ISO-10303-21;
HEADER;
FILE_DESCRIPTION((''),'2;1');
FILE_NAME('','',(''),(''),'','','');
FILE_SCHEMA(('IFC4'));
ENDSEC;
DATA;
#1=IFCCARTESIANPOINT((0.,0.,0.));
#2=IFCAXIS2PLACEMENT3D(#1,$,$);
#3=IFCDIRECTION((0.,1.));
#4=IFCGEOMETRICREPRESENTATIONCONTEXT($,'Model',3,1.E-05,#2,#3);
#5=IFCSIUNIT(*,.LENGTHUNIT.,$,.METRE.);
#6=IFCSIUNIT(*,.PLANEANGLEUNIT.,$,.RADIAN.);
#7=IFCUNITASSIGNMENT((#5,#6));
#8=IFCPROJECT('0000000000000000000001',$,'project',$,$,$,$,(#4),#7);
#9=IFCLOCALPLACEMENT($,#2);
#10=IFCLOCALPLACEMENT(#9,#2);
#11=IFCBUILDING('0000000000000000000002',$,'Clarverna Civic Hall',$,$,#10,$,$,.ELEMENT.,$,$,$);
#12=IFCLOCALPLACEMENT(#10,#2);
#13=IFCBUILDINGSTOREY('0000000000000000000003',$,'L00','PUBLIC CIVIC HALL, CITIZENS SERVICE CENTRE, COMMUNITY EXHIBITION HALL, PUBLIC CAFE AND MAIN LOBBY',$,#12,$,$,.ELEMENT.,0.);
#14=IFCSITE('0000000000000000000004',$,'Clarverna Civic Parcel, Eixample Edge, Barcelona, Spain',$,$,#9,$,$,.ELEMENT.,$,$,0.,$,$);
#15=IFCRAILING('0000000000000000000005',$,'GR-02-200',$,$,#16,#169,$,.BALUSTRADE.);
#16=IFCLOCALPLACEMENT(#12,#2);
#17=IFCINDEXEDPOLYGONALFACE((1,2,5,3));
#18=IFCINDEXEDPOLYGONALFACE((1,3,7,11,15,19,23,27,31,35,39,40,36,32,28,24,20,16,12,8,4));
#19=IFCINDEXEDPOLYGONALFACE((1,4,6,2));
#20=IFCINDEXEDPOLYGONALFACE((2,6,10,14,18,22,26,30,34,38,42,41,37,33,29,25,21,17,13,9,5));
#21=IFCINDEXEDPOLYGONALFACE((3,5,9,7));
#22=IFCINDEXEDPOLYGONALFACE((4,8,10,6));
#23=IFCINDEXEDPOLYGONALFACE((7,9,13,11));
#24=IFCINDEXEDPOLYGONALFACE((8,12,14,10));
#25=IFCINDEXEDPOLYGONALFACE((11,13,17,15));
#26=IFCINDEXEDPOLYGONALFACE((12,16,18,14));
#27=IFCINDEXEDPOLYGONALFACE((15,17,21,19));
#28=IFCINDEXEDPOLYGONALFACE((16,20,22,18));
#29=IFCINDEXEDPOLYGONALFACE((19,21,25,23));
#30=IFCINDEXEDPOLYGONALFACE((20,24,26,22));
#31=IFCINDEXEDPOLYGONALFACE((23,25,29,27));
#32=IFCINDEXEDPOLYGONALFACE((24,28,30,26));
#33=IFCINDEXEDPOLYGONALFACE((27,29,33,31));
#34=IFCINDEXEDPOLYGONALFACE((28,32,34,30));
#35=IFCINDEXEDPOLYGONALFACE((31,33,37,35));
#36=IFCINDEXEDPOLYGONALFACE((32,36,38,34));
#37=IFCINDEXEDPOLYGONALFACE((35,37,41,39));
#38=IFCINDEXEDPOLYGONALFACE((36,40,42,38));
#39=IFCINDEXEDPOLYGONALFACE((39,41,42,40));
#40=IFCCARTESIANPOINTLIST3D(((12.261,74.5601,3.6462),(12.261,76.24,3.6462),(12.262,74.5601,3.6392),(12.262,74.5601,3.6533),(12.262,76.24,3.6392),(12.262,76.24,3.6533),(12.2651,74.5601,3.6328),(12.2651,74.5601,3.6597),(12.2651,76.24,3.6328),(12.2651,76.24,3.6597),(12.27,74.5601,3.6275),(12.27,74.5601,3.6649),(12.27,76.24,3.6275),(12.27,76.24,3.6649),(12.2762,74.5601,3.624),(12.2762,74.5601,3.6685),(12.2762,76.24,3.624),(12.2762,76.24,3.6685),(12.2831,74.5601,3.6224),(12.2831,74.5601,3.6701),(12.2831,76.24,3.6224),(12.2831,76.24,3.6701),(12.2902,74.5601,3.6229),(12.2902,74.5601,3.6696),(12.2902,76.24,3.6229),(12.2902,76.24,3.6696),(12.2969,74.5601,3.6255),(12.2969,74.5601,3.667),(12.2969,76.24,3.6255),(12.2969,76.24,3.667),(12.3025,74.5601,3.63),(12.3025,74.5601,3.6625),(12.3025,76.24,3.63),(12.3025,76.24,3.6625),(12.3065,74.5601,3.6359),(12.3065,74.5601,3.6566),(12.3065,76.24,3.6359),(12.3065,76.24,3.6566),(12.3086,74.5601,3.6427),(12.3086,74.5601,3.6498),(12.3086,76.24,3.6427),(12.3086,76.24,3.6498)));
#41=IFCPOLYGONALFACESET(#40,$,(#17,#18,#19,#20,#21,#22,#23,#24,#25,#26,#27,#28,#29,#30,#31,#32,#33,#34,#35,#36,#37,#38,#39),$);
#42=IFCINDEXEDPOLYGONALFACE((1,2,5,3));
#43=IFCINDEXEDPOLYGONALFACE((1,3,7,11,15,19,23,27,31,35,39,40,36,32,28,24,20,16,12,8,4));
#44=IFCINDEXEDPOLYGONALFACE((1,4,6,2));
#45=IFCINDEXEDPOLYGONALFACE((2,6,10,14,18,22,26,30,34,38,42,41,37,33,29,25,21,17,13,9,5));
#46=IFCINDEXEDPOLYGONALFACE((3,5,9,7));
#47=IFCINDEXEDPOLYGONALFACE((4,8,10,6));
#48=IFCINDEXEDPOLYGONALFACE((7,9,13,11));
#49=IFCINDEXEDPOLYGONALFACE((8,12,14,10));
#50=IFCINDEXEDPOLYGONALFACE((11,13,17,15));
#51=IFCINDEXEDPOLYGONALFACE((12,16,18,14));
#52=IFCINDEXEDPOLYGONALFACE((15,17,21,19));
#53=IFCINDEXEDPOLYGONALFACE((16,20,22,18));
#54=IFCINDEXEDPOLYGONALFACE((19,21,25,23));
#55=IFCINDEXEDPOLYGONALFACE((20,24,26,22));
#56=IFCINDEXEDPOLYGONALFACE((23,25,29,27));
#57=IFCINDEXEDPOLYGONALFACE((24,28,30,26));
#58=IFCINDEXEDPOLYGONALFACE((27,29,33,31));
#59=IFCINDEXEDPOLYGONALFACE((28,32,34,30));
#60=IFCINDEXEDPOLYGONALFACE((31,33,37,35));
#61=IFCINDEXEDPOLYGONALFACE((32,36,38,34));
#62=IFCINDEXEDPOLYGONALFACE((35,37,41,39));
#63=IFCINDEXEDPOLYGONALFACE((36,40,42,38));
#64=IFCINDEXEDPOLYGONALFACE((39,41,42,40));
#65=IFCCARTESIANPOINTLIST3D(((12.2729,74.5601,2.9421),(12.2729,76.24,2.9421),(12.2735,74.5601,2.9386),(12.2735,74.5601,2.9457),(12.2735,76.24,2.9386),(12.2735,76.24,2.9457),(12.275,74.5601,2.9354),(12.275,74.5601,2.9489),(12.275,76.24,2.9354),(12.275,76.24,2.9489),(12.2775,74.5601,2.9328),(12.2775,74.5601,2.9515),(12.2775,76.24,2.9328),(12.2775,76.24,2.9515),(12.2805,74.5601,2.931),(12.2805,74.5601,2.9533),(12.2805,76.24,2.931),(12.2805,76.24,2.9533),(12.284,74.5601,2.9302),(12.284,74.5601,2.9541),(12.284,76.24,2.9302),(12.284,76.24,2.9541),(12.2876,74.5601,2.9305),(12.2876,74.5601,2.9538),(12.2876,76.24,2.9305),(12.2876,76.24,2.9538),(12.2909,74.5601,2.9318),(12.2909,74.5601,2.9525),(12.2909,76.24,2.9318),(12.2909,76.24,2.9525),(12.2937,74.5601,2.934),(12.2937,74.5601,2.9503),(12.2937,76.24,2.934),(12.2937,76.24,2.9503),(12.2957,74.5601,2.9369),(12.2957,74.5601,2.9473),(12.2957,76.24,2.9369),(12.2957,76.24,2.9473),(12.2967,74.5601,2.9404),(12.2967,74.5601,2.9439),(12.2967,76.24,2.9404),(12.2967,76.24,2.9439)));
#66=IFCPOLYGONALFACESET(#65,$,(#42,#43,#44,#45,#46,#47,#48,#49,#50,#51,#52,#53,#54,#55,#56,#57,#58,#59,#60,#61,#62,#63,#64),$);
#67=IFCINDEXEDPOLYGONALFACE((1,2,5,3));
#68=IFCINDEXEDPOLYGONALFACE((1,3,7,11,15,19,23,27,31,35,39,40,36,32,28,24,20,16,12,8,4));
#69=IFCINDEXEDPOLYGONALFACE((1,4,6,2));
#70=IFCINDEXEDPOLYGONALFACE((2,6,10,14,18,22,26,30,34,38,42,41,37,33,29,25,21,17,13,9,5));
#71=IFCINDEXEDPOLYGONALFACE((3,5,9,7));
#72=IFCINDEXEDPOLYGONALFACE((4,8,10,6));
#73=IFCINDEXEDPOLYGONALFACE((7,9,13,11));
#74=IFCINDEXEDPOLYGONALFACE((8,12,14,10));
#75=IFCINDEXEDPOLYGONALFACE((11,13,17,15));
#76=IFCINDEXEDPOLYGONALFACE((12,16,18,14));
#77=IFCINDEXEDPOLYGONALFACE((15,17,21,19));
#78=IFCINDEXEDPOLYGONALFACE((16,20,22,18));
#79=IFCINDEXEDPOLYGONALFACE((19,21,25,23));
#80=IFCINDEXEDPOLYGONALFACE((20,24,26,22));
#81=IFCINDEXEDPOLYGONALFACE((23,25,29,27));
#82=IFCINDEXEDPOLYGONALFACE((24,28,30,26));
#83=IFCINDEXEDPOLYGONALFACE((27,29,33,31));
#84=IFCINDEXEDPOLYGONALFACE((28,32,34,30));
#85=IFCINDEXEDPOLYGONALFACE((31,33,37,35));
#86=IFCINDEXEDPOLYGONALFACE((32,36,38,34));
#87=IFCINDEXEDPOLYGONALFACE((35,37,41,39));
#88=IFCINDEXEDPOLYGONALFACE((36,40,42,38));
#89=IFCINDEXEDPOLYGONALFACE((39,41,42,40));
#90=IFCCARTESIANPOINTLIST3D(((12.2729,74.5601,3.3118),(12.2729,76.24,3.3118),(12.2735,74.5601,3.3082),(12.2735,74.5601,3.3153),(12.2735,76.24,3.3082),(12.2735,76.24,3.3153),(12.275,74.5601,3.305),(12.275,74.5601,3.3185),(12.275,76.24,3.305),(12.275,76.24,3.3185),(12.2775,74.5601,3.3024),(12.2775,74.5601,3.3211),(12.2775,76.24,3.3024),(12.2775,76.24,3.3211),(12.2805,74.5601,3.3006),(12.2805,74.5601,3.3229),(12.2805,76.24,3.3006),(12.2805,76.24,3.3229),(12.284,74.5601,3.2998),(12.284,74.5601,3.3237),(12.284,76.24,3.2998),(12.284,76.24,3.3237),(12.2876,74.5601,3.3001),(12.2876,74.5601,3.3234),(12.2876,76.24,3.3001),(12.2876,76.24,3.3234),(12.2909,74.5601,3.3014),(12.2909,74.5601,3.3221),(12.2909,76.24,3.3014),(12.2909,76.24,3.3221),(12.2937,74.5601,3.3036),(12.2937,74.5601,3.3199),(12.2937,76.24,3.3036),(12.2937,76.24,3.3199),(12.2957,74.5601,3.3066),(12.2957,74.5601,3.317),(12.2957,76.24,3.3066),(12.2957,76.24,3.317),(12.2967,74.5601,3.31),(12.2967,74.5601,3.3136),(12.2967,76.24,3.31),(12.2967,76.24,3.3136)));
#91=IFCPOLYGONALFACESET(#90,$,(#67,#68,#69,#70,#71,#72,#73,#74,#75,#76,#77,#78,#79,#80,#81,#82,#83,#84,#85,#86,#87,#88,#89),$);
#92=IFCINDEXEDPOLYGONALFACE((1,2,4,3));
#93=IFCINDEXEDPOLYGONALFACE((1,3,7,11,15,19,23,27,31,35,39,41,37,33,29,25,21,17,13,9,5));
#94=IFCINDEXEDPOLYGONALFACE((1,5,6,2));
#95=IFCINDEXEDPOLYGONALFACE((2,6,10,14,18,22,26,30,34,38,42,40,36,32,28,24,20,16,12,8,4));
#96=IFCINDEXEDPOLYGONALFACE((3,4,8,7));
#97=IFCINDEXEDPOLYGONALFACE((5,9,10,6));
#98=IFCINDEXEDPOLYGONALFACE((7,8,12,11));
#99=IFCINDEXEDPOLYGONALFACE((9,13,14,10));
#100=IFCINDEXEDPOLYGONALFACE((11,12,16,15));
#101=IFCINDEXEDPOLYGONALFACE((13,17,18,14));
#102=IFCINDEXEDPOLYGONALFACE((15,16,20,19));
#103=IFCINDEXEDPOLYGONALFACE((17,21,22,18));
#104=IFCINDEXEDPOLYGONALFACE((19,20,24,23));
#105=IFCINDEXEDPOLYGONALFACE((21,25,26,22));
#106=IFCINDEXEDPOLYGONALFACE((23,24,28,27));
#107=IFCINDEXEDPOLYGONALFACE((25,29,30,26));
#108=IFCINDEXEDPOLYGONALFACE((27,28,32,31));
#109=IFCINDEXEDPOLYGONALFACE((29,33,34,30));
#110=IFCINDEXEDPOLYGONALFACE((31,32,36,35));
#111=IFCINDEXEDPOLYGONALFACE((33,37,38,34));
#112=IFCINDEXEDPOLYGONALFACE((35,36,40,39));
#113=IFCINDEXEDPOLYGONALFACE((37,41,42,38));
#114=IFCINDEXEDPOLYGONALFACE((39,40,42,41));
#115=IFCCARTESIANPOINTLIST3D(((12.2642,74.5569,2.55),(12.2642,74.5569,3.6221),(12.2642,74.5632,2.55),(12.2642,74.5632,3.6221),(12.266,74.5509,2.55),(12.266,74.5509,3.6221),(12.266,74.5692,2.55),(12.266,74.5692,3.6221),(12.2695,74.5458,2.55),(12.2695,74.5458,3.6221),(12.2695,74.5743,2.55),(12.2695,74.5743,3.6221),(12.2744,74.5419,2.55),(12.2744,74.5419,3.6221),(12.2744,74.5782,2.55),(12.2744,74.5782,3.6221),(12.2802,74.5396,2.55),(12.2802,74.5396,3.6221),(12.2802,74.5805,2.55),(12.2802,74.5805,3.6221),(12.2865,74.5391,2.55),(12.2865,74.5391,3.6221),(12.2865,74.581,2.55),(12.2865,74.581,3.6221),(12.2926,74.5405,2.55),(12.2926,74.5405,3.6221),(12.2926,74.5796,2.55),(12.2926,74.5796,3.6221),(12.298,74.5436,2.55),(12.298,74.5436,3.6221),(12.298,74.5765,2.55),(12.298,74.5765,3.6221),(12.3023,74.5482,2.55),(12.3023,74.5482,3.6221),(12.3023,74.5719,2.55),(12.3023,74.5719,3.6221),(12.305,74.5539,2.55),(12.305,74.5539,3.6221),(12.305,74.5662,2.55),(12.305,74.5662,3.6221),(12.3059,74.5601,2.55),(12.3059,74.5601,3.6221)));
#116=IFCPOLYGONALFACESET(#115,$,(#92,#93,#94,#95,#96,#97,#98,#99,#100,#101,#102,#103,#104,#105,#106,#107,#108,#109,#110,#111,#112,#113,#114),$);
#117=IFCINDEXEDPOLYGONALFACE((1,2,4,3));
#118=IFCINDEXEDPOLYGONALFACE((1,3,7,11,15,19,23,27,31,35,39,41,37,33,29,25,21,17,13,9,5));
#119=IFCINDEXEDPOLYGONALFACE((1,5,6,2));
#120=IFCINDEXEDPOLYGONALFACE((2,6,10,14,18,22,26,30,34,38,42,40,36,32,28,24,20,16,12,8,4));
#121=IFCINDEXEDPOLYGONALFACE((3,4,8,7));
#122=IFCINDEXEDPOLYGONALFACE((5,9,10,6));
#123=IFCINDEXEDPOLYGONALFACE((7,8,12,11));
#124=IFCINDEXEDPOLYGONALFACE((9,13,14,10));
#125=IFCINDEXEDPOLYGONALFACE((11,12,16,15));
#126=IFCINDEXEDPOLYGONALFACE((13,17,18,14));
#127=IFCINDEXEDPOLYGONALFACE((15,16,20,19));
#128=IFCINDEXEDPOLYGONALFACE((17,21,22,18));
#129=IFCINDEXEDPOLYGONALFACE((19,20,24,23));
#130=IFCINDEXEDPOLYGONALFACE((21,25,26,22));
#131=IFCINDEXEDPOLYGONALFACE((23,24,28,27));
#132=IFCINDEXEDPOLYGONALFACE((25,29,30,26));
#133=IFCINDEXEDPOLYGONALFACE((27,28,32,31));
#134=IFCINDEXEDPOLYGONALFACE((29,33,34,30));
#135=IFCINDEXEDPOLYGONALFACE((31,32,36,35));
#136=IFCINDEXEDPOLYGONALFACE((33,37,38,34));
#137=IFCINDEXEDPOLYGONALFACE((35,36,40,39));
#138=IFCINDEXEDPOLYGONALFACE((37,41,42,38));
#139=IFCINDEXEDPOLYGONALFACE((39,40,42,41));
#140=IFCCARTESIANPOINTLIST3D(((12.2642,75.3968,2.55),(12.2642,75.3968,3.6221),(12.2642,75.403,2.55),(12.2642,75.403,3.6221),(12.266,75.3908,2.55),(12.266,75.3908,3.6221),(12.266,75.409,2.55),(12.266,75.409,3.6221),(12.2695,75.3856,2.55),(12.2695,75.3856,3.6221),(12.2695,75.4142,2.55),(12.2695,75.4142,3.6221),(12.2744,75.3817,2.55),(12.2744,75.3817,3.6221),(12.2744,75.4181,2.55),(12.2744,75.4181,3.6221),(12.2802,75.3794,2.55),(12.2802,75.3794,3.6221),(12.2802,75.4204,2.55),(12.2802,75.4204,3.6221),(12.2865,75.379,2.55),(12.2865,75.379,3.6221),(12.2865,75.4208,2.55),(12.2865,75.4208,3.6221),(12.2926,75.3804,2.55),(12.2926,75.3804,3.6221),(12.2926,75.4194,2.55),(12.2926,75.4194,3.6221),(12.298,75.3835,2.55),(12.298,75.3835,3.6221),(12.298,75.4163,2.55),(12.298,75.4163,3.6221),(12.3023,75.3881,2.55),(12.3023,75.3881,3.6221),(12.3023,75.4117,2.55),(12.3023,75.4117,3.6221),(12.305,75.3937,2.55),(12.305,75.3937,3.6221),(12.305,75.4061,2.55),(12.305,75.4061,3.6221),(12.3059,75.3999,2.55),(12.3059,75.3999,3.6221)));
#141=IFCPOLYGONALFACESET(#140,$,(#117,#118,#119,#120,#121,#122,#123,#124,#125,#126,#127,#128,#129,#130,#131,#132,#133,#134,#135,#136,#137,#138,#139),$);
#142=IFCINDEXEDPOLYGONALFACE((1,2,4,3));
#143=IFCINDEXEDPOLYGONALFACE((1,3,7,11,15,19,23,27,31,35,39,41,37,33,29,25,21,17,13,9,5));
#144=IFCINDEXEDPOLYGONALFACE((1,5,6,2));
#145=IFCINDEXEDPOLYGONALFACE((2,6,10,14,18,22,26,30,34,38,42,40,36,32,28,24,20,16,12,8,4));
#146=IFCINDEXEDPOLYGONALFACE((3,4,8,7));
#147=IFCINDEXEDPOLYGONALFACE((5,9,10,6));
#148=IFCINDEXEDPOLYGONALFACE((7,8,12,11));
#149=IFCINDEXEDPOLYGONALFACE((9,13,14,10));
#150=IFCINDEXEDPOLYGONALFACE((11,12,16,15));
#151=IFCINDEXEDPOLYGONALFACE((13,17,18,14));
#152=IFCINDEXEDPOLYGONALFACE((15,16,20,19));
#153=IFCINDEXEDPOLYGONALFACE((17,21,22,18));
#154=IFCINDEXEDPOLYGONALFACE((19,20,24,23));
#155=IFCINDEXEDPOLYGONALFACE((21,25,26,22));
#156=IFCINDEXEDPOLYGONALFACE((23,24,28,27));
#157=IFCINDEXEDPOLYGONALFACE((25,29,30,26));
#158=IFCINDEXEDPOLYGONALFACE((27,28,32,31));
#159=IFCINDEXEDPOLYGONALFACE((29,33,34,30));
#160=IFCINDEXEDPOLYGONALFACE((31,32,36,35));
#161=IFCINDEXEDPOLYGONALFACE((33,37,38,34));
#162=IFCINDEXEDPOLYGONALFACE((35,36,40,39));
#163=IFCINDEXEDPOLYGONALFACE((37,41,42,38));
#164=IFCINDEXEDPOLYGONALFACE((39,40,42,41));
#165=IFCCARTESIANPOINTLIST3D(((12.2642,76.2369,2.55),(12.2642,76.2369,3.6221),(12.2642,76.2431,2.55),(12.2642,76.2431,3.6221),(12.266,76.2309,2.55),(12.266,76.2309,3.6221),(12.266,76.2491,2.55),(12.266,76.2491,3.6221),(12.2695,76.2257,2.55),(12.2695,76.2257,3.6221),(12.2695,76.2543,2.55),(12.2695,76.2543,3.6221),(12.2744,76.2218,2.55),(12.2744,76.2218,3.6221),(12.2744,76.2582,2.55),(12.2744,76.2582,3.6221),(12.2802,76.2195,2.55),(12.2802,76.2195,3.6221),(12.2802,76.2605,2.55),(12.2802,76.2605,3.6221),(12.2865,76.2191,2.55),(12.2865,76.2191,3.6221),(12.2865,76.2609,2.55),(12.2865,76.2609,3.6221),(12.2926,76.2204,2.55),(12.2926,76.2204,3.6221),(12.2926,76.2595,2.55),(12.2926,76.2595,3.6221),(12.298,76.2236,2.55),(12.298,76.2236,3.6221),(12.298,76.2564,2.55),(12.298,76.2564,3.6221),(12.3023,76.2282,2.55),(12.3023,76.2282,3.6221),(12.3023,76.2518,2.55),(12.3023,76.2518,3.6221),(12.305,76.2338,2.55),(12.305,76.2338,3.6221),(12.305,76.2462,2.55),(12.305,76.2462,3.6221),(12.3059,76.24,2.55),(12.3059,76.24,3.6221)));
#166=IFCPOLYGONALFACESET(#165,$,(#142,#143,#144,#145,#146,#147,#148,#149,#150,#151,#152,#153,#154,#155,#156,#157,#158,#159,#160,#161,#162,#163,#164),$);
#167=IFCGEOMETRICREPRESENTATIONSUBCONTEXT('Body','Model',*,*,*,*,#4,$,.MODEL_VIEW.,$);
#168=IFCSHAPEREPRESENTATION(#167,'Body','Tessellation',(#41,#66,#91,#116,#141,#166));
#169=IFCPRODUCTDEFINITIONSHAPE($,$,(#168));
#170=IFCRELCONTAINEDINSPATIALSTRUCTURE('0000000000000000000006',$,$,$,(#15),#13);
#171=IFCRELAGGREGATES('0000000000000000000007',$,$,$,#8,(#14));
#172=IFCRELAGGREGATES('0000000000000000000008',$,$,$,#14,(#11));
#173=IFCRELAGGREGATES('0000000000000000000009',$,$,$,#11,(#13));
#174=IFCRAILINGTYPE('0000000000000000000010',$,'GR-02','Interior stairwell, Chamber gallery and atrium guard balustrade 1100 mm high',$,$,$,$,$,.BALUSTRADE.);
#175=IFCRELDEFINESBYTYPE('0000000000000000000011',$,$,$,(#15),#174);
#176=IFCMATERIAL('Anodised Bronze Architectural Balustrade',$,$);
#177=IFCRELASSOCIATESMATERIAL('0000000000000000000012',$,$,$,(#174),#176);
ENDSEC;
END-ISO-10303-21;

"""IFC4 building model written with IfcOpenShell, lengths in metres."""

from ifc_helpers import new_model, si_unit, direction, frame, origin, origin_2d, place, context, subcontext, project, spatial, circle, extrude, material, type_object, element, save


model = new_model("IFC4")

# Units and contexts
model_context = context("Model", 3, precision=1e-05, world=origin(), true_north=direction((0.0, 1.0)))
body_context = subcontext(model_context, "Body", "Model", "MODEL_VIEW")
ifc_project = project(units=[si_unit("LENGTHUNIT", "METRE"), si_unit("PLANEANGLEUNIT", "RADIAN")], contexts=[model_context])

# Site, building, storey
site_placement = place(None, origin())
site = spatial("IfcSite", under=ifc_project, at=site_placement, Name="Clarverna Civic Parcel, Eixample Edge, Barcelona, Spain", CompositionType="ELEMENT", RefElevation=0.0)
building_placement = place(site_placement, origin())
building = spatial("IfcBuilding", under=site, at=building_placement, Name="Clarverna Civic Hall", CompositionType="ELEMENT")
storey_placement = place(building_placement, origin())
storey = spatial("IfcBuildingStorey", under=building, at=storey_placement, Name="L00", Description="PUBLIC CIVIC HALL, CITIZENS SERVICE CENTRE, COMMUNITY EXHIBITION HALL, PUBLIC CAFE AND MAIN LOBBY", CompositionType="ELEMENT", Elevation=0.0)

# Railing
ifc_material_1 = material(Name="Anodised Bronze Architectural Balustrade")
railing_type_1 = type_object("IfcRailingType", Name="GR-02", Description="Interior stairwell, Chamber gallery and atrium guard balustrade 1100 mm high", PredefinedType="BALUSTRADE", material=ifc_material_1)
railing_1_placement = place(storey_placement, frame((12.2849, 74.5601, 2.55)))
element("IfcRailing", 1, at=railing_1_placement, inside=storey, type_object=railing_type_1, Name="GR-02-200", PredefinedType="BALUSTRADE", context=body_context, shape_type="SweptSolid", body=[
    extrude(circle(Radius=0.0239, at=origin_2d()), frame((0.0, 0.0, 1.0962), z_axis=(0.0, 1.0, 0.0), x_axis=(-1.0, 0.0, 0.0)), (0.0, 0.0, 1.0), 1.6799),
    extrude(circle(Radius=0.012, at=origin_2d()), frame((0.0, 0.0, 0.3921), z_axis=(0.0, 1.0, 0.0), x_axis=(-1.0, 0.0, 0.0)), (0.0, 0.0, 1.0), 1.6799),
    extrude(circle(Radius=0.012, at=origin_2d()), frame((0.0, 0.0, 0.7617), z_axis=(0.0, 1.0, 0.0), x_axis=(-1.0, 0.0, 0.0)), (0.0, 0.0, 1.0), 1.6799),
    extrude(circle(Radius=0.021, at=origin_2d()), origin(), (0.0, 0.0, 1.0), 1.072),
    extrude(circle(Radius=0.021, at=origin_2d()), frame((0.0, 0.8398, 0.0)), (0.0, 0.0, 1.0), 1.072),
    extrude(circle(Radius=0.021, at=origin_2d()), frame((0.0, 1.6799, 0.0)), (0.0, 0.0, 1.0), 1.072),
])

save(model, "model.ifc")
